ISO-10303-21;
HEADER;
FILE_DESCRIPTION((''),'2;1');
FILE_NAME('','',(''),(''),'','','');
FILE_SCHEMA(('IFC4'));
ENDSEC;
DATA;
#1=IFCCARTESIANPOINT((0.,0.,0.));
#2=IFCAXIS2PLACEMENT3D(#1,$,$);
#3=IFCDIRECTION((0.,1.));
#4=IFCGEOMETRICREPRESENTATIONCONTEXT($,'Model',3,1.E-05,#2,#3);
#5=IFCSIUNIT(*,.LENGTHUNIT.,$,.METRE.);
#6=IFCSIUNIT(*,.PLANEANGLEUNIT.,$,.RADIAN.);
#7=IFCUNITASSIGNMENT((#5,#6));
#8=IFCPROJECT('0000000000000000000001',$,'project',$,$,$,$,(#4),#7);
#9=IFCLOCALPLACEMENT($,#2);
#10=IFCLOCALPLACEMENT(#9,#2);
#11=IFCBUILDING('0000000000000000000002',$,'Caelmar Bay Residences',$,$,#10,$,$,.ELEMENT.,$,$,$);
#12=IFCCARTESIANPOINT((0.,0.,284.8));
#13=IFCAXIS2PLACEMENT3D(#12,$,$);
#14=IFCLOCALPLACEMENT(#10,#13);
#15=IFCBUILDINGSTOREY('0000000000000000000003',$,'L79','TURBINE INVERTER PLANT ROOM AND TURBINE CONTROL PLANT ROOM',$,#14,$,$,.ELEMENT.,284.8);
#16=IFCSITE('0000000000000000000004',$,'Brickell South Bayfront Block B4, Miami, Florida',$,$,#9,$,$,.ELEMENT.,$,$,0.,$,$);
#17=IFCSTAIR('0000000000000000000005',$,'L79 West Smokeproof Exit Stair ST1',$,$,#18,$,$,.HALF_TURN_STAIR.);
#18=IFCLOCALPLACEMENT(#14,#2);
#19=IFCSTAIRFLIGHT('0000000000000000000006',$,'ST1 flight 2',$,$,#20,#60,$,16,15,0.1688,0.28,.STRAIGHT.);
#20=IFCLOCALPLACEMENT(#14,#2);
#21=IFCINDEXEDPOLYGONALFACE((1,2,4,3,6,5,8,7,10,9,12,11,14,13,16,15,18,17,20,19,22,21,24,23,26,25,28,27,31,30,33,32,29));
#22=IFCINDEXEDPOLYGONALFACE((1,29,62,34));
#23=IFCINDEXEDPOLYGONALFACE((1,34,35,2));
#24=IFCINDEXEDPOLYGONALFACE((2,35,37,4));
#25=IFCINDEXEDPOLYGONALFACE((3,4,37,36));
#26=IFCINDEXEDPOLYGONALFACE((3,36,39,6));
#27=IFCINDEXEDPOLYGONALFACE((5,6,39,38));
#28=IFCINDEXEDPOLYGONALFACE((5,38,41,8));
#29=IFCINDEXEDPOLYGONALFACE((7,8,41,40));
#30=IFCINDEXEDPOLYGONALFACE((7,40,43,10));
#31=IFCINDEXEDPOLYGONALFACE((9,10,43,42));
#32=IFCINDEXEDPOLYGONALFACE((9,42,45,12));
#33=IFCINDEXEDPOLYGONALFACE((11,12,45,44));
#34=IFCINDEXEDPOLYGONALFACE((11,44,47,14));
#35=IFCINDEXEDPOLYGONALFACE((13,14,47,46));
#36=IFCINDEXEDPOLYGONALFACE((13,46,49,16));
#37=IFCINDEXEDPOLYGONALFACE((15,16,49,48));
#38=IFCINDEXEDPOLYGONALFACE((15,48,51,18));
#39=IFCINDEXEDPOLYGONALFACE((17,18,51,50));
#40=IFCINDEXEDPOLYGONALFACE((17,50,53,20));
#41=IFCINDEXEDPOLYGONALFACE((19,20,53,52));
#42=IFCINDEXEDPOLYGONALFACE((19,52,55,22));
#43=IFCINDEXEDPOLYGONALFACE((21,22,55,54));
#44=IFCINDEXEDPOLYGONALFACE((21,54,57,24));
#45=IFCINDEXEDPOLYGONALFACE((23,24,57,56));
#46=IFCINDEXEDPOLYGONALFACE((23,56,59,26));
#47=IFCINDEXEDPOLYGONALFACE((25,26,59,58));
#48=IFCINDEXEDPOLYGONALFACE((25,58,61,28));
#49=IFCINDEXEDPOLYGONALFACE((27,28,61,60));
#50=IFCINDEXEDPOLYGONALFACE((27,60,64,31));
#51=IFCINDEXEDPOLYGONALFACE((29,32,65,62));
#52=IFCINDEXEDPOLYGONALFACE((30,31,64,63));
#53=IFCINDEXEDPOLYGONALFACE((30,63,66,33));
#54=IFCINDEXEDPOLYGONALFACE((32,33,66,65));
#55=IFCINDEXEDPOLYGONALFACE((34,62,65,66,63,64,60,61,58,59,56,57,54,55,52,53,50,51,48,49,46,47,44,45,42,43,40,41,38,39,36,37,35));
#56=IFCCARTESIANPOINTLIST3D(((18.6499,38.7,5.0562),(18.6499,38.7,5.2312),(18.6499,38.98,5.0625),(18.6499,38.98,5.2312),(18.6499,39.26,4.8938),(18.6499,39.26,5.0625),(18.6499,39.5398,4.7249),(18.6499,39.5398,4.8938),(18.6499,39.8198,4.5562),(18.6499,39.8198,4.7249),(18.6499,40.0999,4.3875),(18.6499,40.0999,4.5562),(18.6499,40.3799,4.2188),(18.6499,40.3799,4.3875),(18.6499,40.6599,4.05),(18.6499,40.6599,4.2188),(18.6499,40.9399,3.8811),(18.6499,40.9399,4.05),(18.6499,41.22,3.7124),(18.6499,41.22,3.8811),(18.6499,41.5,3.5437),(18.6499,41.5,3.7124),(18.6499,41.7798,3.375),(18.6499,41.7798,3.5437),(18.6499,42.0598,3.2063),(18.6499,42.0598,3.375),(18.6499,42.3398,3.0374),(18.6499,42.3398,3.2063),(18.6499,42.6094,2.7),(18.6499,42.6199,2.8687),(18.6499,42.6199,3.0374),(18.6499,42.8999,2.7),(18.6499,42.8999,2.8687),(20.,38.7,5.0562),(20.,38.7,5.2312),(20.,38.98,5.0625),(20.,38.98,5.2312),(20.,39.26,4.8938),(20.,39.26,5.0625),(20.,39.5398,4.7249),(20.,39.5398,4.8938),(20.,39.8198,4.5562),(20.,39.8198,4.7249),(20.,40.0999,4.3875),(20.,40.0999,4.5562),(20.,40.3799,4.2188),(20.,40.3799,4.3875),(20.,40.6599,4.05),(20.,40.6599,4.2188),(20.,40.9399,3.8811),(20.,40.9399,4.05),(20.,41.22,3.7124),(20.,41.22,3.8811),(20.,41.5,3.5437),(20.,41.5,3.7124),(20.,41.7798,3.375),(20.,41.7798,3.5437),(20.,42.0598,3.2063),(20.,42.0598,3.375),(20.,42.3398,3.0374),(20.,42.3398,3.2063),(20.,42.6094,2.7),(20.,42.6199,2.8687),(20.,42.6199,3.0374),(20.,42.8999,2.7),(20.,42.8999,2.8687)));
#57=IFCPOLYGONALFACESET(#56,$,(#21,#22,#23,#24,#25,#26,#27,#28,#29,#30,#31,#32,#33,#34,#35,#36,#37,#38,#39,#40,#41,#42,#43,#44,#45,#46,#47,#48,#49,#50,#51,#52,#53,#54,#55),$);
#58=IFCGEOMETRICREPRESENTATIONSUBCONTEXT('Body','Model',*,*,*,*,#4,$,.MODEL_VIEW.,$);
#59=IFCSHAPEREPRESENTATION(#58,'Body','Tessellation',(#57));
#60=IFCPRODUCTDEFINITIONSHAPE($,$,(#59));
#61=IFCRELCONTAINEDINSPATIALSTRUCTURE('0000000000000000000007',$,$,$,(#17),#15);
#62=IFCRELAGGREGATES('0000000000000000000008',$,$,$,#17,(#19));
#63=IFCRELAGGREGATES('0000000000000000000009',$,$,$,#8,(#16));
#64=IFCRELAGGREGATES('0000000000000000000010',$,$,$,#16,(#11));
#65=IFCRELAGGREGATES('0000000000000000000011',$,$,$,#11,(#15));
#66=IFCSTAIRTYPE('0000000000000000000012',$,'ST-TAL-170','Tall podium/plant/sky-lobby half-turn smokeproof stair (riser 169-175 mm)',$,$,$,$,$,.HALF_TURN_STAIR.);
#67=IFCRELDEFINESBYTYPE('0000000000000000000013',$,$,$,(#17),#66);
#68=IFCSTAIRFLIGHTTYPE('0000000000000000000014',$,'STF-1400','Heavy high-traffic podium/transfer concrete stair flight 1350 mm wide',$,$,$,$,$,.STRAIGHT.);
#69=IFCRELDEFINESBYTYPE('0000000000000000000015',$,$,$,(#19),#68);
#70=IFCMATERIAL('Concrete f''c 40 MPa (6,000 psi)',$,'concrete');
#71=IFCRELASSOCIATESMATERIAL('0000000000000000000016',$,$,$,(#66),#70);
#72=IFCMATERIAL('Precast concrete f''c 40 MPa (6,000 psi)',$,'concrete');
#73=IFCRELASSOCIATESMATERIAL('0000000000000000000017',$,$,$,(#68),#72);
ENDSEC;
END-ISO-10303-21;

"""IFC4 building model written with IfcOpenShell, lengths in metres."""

from ifc_helpers import new_model, si_unit, direction, frame, origin, place, context, subcontext, project, spatial, polyline, outline, extrude, material, type_object, element, aggregate, save


model = new_model("IFC4")

# Units and contexts
model_context = context("Model", 3, precision=1e-05, world=origin(), true_north=direction((0.0, 1.0)))
body_context = subcontext(model_context, "Body", "Model", "MODEL_VIEW")
ifc_project = project(units=[si_unit("LENGTHUNIT", "METRE"), si_unit("PLANEANGLEUNIT", "RADIAN")], contexts=[model_context])

# Site, building, storey
site_placement = place(None, origin())
site = spatial("IfcSite", under=ifc_project, at=site_placement, Name="Brickell South Bayfront Block B4, Miami, Florida", CompositionType="ELEMENT", RefElevation=0.0)
building_placement = place(site_placement, origin())
building = spatial("IfcBuilding", under=site, at=building_placement, Name="Caelmar Bay Residences", CompositionType="ELEMENT")
storey_placement = place(building_placement, frame((0.0, 0.0, 284.8)))
storey = spatial("IfcBuildingStorey", under=building, at=storey_placement, Name="L79", Description="TURBINE INVERTER PLANT ROOM AND TURBINE CONTROL PLANT ROOM", CompositionType="ELEMENT", Elevation=284.8)

# Stair, stair flight
ifc_material_1 = material(Name="Concrete f'c 40 MPa (6,000 psi)", Category="concrete")
stair_type = type_object("IfcStairType", Name="ST-TAL-170", Description="Tall podium/plant/sky-lobby half-turn smokeproof stair (riser 169-175 mm)", PredefinedType="HALF_TURN_STAIR", material=ifc_material_1)
stair_placement = place(storey_placement, origin())
stair = element("IfcStair", 1, at=stair_placement, inside=storey, type_object=stair_type, Name="L79 West Smokeproof Exit Stair ST1", PredefinedType="HALF_TURN_STAIR")
ifc_material_2 = material(Name="Precast concrete f'c 40 MPa (6,000 psi)", Category="concrete")
stair_flight_type = type_object("IfcStairFlightType", Name="STF-1400", Description="Heavy high-traffic podium/transfer concrete stair flight 1350 mm wide", PredefinedType="STRAIGHT", material=ifc_material_2)
stair_flight_1_placement = place(storey_placement, frame((19.325, 42.8999, 2.7), z_axis=(0.0, 0.0, 1.0), x_axis=(0.0, -1.0, 0.0)))
stair_flight_1 = element("IfcStairFlight", 2, at=stair_flight_1_placement, type_object=stair_flight_type, Name="ST1 flight 2", NumberOfRisers=16, NumberOfTreads=15, PredefinedType="STRAIGHT", RiserHeight=0.1688, TreadLength=0.28, context=body_context, shape_type="SweptSolid", body=[
    extrude(outline(polyline([(0.0, 0.0), (0.0, 0.1687), (0.28, 0.1687), (0.28, 0.3374), (0.5601, 0.3374), (0.5601, 0.5063), (0.8401, 0.5063), (0.8401, 0.675), (1.1201, 0.675), (1.1201, 0.8438), (1.3999, 0.8438), (1.3999, 1.0125), (1.6799, 1.0125), (1.6799, 1.1812), (1.96, 1.1812), (1.96, 1.3501), (2.24, 1.3501), (2.24, 1.5188), (2.52, 1.5188), (2.52, 1.6875), (2.8, 1.6875), (2.8, 1.8562), (3.0801, 1.8562), (3.0801, 2.0249), (3.3601, 2.0249), (3.3601, 2.1938), (3.6399, 2.1938), (3.6399, 2.3625), (3.9199, 2.3625), (3.9199, 2.5312), (4.2, 2.5312), (4.2, 2.7), (4.2, 2.3562), (0.2905, 0.0), (0.0, 0.0)])), frame((0.0, 0.675, 0.0), z_axis=(0.0, -1.0, 0.0), x_axis=(1.0, 0.0, 0.0)), (0.0, 0.0, 1.0), 1.3501),
])
aggregate(stair, [stair_flight_1])

save(model, "model.ifc")
